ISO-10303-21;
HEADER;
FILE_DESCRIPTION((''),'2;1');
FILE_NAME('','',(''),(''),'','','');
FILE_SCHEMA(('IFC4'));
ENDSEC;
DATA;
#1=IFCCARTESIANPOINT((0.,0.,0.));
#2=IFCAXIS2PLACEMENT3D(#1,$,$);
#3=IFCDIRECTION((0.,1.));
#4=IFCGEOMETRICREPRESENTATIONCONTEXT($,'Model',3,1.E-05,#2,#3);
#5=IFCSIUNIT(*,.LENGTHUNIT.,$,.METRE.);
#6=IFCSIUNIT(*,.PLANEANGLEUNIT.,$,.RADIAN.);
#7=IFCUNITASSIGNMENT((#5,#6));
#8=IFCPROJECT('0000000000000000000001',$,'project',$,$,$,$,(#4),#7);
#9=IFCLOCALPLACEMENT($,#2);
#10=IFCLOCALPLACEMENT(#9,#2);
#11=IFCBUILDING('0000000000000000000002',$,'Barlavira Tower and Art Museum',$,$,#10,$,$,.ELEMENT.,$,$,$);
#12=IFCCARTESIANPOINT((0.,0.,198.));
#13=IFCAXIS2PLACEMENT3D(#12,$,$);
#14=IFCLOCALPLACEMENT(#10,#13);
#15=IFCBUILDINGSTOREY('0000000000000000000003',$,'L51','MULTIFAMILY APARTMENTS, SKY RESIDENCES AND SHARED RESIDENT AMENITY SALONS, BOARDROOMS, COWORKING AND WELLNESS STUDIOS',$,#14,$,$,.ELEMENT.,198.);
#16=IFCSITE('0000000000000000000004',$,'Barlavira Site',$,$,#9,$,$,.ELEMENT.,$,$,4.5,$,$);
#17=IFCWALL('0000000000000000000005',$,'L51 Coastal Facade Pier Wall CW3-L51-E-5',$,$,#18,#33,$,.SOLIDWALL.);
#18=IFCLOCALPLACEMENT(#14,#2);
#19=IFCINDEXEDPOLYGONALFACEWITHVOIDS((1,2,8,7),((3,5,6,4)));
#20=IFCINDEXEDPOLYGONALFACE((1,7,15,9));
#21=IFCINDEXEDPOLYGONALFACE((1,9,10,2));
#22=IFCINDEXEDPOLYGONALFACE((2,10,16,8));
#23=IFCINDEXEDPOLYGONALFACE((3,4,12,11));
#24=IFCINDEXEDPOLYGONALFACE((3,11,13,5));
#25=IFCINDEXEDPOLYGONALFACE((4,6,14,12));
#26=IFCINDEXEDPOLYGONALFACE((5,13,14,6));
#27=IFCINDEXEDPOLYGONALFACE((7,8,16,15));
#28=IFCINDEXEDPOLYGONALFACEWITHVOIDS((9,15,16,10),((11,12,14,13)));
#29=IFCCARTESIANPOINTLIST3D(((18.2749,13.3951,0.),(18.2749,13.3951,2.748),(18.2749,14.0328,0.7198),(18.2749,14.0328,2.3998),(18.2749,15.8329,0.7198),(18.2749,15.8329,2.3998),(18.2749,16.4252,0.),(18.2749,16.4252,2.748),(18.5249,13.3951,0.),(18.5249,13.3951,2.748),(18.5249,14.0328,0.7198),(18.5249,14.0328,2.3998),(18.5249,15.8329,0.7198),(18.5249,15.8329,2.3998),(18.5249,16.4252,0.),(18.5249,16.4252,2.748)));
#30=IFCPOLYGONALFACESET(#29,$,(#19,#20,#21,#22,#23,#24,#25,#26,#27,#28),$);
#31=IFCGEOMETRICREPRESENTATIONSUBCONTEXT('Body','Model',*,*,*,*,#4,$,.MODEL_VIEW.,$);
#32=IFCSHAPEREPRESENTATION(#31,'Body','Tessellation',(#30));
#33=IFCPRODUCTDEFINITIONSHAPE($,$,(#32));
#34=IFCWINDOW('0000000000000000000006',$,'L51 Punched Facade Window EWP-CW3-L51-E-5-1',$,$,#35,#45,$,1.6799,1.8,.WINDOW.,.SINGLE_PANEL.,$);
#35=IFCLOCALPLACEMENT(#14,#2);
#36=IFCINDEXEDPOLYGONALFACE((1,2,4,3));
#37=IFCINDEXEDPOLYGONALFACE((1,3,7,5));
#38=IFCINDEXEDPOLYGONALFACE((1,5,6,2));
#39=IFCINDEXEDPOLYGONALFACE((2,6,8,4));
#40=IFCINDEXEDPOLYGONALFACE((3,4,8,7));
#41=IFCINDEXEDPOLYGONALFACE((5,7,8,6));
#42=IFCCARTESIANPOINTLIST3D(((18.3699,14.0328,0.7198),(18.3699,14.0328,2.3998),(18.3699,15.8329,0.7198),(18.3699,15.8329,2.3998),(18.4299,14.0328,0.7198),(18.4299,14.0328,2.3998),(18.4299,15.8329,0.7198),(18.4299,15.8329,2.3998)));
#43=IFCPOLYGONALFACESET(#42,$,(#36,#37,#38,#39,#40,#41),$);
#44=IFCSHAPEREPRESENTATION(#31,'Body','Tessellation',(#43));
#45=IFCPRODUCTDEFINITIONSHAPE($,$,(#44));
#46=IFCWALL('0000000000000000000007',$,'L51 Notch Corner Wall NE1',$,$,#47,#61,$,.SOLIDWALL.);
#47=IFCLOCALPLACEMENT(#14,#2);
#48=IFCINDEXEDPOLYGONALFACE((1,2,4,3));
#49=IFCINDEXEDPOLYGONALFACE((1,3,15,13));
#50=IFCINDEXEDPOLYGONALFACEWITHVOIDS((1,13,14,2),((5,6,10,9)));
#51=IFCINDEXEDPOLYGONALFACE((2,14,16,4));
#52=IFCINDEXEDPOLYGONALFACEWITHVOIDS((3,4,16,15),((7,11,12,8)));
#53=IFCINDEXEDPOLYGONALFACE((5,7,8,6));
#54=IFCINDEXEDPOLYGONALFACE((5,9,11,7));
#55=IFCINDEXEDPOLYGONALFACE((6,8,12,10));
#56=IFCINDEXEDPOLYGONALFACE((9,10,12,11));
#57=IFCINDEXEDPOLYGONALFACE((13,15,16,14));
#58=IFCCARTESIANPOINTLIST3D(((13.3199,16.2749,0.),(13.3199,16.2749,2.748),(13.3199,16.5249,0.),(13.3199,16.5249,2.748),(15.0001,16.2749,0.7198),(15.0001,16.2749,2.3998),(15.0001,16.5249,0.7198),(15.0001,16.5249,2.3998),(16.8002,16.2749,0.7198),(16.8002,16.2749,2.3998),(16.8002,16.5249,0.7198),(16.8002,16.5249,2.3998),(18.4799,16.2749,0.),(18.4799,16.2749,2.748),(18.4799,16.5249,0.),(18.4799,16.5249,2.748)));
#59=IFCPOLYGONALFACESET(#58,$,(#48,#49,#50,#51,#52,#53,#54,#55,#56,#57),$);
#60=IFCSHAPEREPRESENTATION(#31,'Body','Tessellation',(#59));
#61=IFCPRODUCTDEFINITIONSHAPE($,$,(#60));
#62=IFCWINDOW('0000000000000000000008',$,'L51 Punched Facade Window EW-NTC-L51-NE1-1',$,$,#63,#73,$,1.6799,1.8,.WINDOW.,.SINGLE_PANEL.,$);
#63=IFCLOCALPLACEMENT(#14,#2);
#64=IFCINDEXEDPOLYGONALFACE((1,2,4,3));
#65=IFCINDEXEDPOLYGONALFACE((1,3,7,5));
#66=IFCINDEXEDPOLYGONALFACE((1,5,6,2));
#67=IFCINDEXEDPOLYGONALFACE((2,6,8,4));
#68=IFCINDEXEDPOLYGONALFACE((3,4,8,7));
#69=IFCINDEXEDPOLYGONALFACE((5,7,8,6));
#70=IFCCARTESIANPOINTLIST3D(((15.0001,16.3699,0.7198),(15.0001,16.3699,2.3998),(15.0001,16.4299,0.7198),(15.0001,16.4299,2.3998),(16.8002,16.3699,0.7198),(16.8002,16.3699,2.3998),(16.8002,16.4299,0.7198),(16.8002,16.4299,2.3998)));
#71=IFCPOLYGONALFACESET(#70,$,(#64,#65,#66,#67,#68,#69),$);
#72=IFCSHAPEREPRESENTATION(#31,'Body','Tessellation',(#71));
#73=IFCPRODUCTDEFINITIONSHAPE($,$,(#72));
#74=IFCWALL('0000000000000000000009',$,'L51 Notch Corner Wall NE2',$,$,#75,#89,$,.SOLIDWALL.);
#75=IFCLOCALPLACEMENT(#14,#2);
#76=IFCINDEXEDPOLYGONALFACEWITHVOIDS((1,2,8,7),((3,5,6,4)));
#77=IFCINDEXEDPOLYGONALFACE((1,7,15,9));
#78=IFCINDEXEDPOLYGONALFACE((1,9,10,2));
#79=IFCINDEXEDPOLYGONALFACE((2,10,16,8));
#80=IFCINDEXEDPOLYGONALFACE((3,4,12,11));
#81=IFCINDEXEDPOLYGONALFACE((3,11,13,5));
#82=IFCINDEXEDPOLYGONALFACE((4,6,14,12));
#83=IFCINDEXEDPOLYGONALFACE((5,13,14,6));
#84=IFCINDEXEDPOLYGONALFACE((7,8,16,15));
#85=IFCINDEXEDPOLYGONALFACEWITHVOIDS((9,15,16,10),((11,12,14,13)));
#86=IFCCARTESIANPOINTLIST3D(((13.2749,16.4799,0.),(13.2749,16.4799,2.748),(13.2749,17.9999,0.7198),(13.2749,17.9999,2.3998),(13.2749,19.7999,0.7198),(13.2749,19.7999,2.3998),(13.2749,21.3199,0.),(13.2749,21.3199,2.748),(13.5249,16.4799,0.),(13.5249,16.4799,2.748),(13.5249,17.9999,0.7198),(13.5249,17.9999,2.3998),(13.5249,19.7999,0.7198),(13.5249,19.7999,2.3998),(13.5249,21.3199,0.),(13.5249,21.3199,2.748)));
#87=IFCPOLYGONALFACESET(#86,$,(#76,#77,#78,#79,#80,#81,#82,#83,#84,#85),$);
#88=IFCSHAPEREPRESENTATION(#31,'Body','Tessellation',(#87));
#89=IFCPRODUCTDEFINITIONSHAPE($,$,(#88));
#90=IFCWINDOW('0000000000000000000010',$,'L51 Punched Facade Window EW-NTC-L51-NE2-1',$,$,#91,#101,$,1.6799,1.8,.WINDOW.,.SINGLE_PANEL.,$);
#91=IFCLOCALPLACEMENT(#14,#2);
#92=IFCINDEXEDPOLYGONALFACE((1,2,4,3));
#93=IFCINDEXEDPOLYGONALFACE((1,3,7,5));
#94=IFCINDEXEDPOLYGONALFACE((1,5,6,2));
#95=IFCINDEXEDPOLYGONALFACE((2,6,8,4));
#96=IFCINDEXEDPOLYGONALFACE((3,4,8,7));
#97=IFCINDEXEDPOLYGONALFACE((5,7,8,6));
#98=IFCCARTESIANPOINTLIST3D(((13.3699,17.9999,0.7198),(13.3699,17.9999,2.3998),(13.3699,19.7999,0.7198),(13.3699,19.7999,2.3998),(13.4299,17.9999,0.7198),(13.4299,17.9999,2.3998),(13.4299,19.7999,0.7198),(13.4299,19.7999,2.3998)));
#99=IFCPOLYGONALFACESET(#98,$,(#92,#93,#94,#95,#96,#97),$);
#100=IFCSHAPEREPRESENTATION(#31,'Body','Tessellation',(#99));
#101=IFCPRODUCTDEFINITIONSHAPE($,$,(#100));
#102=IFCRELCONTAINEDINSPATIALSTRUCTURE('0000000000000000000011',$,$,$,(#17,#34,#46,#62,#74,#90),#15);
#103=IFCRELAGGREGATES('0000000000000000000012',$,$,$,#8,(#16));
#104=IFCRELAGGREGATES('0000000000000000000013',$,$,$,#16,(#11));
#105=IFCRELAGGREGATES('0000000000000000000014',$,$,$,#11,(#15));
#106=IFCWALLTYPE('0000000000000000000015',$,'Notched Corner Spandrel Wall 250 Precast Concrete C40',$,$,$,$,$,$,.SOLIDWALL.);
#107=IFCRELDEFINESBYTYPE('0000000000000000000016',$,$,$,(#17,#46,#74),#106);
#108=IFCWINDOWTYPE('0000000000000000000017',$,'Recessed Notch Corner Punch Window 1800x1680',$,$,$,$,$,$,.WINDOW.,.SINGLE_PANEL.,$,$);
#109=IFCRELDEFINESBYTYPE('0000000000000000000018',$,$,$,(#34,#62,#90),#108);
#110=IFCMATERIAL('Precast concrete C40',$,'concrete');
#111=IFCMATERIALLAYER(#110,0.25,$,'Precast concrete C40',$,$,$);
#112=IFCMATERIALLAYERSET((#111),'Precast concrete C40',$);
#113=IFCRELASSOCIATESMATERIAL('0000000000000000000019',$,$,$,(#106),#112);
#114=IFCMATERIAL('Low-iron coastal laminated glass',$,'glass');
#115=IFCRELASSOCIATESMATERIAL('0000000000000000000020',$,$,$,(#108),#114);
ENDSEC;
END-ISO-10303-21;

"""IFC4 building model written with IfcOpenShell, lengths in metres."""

from ifc_helpers import new_model, si_unit, direction, frame, frame_2d, origin, place, context, subcontext, project, spatial, rectangle, extrude, material, layer, layer_set, type_object, element, fill, save


model = new_model("IFC4")

# Units and contexts
model_context = context("Model", 3, precision=1e-05, world=origin(), true_north=direction((0.0, 1.0)))
body_context = subcontext(model_context, "Body", "Model", "MODEL_VIEW")
ifc_project = project(units=[si_unit("LENGTHUNIT", "METRE"), si_unit("PLANEANGLEUNIT", "RADIAN")], contexts=[model_context])

# Site, building, storey
site_placement = place(None, origin())
site = spatial("IfcSite", under=ifc_project, at=site_placement, Name="Barlavira Site", CompositionType="ELEMENT", RefElevation=4.5)
building_placement = place(site_placement, origin())
building = spatial("IfcBuilding", under=site, at=building_placement, Name="Barlavira Tower and Art Museum", CompositionType="ELEMENT")
storey_placement = place(building_placement, frame((0.0, 0.0, 198.0)))
storey = spatial("IfcBuildingStorey", under=building, at=storey_placement, Name="L51", Description="MULTIFAMILY APARTMENTS, SKY RESIDENCES AND SHARED RESIDENT AMENITY SALONS, BOARDROOMS, COWORKING AND WELLNESS STUDIOS", CompositionType="ELEMENT", Elevation=198.0)

# Walls, openings, windows
ifc_material_1 = material(Name="Precast concrete C40", Category="concrete")
ifc_layer_1 = layer(ifc_material_1, 0.25, Name="Precast concrete C40")
ifc_layer_set_1 = layer_set([ifc_layer_1], Name="Precast concrete C40")
wall_type_1 = type_object("IfcWallType", Name="Notched Corner Spandrel Wall 250 Precast Concrete C40", PredefinedType="SOLIDWALL", material=ifc_layer_set_1)
ifc_material_2 = material(Name="Low-iron coastal laminated glass", Category="glass")
window_type_1 = type_object("IfcWindowType", Name="Recessed Notch Corner Punch Window 1800x1680", PartitioningType="SINGLE_PANEL", PredefinedType="WINDOW", material=ifc_material_2)
wall_1_placement = place(storey_placement, frame((18.3999, 13.395, 0.0), z_axis=(0.0, 0.0, 1.0), x_axis=(0.0, 1.0, 0.0)))
wall_1 = element("IfcWall", 1, at=wall_1_placement, inside=storey, type_object=wall_type_1, Name="L51 Coastal Facade Pier Wall CW3-L51-E-5", PredefinedType="SOLIDWALL", context=body_context, shape_type="SweptSolid", body=[
    extrude(rectangle(XDim=3.03, YDim=0.25, at=frame_2d((1.5151, 0.0))), origin(), (0.0, 0.0, 1.0), 2.748),
])
opening_1_placement = place(wall_1_placement, frame((0.6379, 0.0, 0.72)))
opening_1 = element("IfcOpeningElement", 2, at=opening_1_placement, cuts=wall_1, PredefinedType="OPENING", context=body_context, shape_type="SweptSolid", body=[
    extrude(rectangle(XDim=1.8, YDim=1.6799, at=frame_2d((0.8999, 0.8398))), frame((0.0, 0.135, 0.0), z_axis=(0.0, -1.0, 0.0), x_axis=(1.0, 0.0, 0.0)), (0.0, 0.0, 1.0), 0.27),
])
window_1_placement = place(opening_1_placement, origin())
window_1 = element("IfcWindow", 3, at=window_1_placement, inside=storey, type_object=window_type_1, Name="L51 Punched Facade Window EWP-CW3-L51-E-5-1", OverallHeight=1.6799, OverallWidth=1.8, PartitioningType="SINGLE_PANEL", PredefinedType="WINDOW", context=body_context, shape_type="SweptSolid", body=[
    extrude(rectangle(XDim=1.8, YDim=1.6799, at=frame_2d((0.8999, 0.8398))), frame((0.0, 0.03, 0.0), z_axis=(0.0, -1.0, 0.0), x_axis=(1.0, 0.0, 0.0)), (0.0, 0.0, 1.0), 0.0601),
])
fill(opening_1, window_1)
wall_2_placement = place(storey_placement, frame((18.48, 16.3999, 0.0), z_axis=(0.0, 0.0, 1.0), x_axis=(-1.0, 0.0, 0.0)))
wall_2 = element("IfcWall", 4, at=wall_2_placement, inside=storey, type_object=wall_type_1, Name="L51 Notch Corner Wall NE1", PredefinedType="SOLIDWALL", context=body_context, shape_type="SweptSolid", body=[
    extrude(rectangle(XDim=5.1599, YDim=0.25, at=frame_2d((2.5801, 0.0))), origin(), (0.0, 0.0, 1.0), 2.748),
])
opening_2_placement = place(wall_2_placement, frame((1.6799, 0.0, 0.72)))
opening_2 = element("IfcOpeningElement", 5, at=opening_2_placement, cuts=wall_2, PredefinedType="OPENING", context=body_context, shape_type="SweptSolid", body=[
    extrude(rectangle(XDim=1.8, YDim=1.6799, at=frame_2d((0.8999, 0.8398))), frame((0.0, 0.135, 0.0), z_axis=(0.0, -1.0, 0.0), x_axis=(1.0, 0.0, 0.0)), (0.0, 0.0, 1.0), 0.27),
])
window_2_placement = place(opening_2_placement, origin())
window_2 = element("IfcWindow", 6, at=window_2_placement, inside=storey, type_object=window_type_1, Name="L51 Punched Facade Window EW-NTC-L51-NE1-1", OverallHeight=1.6799, OverallWidth=1.8, PartitioningType="SINGLE_PANEL", PredefinedType="WINDOW", context=body_context, shape_type="SweptSolid", body=[
    extrude(rectangle(XDim=1.8, YDim=1.6799, at=frame_2d((0.8999, 0.8398))), frame((0.0, 0.03, 0.0), z_axis=(0.0, -1.0, 0.0), x_axis=(1.0, 0.0, 0.0)), (0.0, 0.0, 1.0), 0.0601),
])
fill(opening_2, window_2)
wall_3_placement = place(storey_placement, frame((13.3999, 16.48, 0.0), z_axis=(0.0, 0.0, 1.0), x_axis=(0.0, 1.0, 0.0)))
wall_3 = element("IfcWall", 7, at=wall_3_placement, inside=storey, type_object=wall_type_1, Name="L51 Notch Corner Wall NE2", PredefinedType="SOLIDWALL", context=body_context, shape_type="SweptSolid", body=[
    extrude(rectangle(XDim=4.8401, YDim=0.25, at=frame_2d((2.4199, 0.0))), origin(), (0.0, 0.0, 1.0), 2.748),
])
opening_3_placement = place(wall_3_placement, frame((1.52, 0.0, 0.72)))
opening_3 = element("IfcOpeningElement", 8, at=opening_3_placement, cuts=wall_3, PredefinedType="OPENING", context=body_context, shape_type="SweptSolid", body=[
    extrude(rectangle(XDim=1.8, YDim=1.6799, at=frame_2d((0.8999, 0.8398))), frame((0.0, 0.135, 0.0), z_axis=(0.0, -1.0, 0.0), x_axis=(1.0, 0.0, 0.0)), (0.0, 0.0, 1.0), 0.27),
])
window_3_placement = place(opening_3_placement, origin())
window_3 = element("IfcWindow", 9, at=window_3_placement, inside=storey, type_object=window_type_1, Name="L51 Punched Facade Window EW-NTC-L51-NE2-1", OverallHeight=1.6799, OverallWidth=1.8, PartitioningType="SINGLE_PANEL", PredefinedType="WINDOW", context=body_context, shape_type="SweptSolid", body=[
    extrude(rectangle(XDim=1.8, YDim=1.6799, at=frame_2d((0.8999, 0.8398))), frame((0.0, 0.03, 0.0), z_axis=(0.0, -1.0, 0.0), x_axis=(1.0, 0.0, 0.0)), (0.0, 0.0, 1.0), 0.0601),
])
fill(opening_3, window_3)

save(model, "model.ifc")
